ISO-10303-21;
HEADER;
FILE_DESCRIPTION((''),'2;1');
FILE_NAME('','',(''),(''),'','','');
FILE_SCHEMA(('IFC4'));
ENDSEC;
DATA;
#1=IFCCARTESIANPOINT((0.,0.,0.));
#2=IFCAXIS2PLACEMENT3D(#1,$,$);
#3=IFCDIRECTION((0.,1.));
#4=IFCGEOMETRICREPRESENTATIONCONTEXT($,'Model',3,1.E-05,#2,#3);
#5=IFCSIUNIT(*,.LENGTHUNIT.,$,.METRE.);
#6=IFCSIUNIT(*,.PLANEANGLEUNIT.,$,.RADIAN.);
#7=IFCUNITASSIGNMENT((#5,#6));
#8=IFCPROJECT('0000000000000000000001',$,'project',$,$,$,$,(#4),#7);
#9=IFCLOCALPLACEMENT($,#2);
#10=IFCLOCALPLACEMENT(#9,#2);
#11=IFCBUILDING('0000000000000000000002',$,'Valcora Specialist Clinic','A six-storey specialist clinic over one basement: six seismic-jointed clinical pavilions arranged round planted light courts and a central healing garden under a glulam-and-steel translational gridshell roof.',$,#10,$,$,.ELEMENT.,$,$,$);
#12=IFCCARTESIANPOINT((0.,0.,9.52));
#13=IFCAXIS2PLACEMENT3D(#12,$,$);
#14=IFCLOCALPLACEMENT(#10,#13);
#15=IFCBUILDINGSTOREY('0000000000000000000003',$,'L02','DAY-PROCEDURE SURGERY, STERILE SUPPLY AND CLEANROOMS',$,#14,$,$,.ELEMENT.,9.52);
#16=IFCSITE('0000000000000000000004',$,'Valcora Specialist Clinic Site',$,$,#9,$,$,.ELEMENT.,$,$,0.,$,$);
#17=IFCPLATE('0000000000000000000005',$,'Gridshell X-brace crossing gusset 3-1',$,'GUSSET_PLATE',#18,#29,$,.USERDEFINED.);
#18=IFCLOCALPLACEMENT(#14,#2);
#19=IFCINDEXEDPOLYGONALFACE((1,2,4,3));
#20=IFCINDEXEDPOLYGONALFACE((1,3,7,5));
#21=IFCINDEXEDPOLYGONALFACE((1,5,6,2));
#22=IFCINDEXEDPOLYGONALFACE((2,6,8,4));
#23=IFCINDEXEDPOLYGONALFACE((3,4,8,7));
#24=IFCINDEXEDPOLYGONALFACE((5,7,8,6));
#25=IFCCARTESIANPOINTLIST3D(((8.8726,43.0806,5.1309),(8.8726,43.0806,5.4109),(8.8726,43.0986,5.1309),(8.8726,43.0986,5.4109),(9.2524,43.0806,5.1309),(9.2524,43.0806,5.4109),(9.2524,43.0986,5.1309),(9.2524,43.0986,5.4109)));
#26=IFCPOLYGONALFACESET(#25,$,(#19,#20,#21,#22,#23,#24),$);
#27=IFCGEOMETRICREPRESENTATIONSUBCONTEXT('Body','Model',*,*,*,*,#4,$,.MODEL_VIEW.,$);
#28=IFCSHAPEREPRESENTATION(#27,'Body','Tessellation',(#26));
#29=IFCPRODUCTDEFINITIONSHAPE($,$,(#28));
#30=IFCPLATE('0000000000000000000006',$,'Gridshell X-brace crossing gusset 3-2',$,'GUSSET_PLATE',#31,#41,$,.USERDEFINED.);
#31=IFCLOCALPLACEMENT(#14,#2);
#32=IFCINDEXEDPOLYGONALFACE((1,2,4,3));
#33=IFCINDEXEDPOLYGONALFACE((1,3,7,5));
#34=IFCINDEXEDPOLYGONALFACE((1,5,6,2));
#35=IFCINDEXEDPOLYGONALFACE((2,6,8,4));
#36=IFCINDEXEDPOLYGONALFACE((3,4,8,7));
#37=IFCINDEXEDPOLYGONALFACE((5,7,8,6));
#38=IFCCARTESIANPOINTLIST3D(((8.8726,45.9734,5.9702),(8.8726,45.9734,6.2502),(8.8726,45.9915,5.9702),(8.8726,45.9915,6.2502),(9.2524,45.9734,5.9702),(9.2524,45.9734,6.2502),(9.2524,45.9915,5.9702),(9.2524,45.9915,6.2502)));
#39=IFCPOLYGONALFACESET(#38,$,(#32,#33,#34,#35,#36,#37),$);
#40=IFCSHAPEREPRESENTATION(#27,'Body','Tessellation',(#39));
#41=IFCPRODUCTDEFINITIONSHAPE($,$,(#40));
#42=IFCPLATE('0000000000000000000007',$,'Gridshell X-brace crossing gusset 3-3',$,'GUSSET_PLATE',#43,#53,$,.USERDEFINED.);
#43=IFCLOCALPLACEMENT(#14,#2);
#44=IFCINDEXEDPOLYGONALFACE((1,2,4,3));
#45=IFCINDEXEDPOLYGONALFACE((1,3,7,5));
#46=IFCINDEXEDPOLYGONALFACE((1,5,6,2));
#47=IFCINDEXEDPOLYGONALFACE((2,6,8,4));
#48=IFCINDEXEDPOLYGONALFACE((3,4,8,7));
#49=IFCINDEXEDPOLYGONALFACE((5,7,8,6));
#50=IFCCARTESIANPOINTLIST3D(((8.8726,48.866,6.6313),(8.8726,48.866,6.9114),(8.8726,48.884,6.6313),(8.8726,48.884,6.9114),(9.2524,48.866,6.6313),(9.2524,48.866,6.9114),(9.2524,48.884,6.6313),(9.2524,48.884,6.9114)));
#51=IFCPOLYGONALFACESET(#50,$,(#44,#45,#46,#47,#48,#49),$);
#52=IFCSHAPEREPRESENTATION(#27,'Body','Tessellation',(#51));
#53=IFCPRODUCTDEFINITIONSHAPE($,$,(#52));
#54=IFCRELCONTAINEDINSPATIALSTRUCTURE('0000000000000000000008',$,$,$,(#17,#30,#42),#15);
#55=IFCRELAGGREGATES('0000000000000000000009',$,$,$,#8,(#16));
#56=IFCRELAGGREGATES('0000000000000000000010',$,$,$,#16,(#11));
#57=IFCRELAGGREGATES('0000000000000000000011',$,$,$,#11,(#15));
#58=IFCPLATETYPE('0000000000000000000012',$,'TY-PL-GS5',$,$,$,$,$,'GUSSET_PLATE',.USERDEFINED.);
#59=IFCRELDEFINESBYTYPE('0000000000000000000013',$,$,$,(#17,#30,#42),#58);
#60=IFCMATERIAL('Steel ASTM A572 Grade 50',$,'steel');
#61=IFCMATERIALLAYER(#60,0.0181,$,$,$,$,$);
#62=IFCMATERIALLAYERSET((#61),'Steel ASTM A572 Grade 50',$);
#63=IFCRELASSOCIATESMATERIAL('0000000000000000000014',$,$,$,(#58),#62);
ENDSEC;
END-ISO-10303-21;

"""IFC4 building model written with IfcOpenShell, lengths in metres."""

from ifc_helpers import new_model, si_unit, direction, frame, origin, origin_2d, place, context, subcontext, project, spatial, rectangle, extrude, material, layer, layer_set, type_object, element, save


model = new_model("IFC4")

# Units and contexts
model_context = context("Model", 3, precision=1e-05, world=origin(), true_north=direction((0.0, 1.0)))
body_context = subcontext(model_context, "Body", "Model", "MODEL_VIEW")
ifc_project = project(units=[si_unit("LENGTHUNIT", "METRE"), si_unit("PLANEANGLEUNIT", "RADIAN")], contexts=[model_context])

# Site, building, storey
site_placement = place(None, origin())
site = spatial("IfcSite", under=ifc_project, at=site_placement, Name="Valcora Specialist Clinic Site", CompositionType="ELEMENT", RefElevation=0.0)
building_placement = place(site_placement, origin())
building = spatial("IfcBuilding", under=site, at=building_placement, Name="Valcora Specialist Clinic", Description="A six-storey specialist clinic over one basement: six seismic-jointed clinical pavilions arranged round planted light courts and a central healing garden under a glulam-and-steel translational gridshell roof.", CompositionType="ELEMENT")
storey_placement = place(building_placement, frame((0.0, 0.0, 9.52)))
storey = spatial("IfcBuildingStorey", under=building, at=storey_placement, Name="L02", Description="DAY-PROCEDURE SURGERY, STERILE SUPPLY AND CLEANROOMS", CompositionType="ELEMENT", Elevation=9.52)

# Plates
ifc_material_1 = material(Name="Steel ASTM A572 Grade 50", Category="steel")
ifc_layer_1 = layer(ifc_material_1, 0.0181)
ifc_layer_set_1 = layer_set([ifc_layer_1], Name="Steel ASTM A572 Grade 50")
plate_type_1 = type_object("IfcPlateType", Name="TY-PL-GS5", ElementType="GUSSET_PLATE", PredefinedType="USERDEFINED", material=ifc_layer_set_1)
for number, where, z_axis, x_axis, name in (
    (1, (9.0625, 43.0896, 5.1309), (0.0, 0.0, 1.0), (1.0, 0.0, 0.0), "Gridshell X-brace crossing gusset 3-1"),
    (2, (9.0625, 45.9824, 5.9702), (0.0, 0.0, 1.0), (1.0, 0.0, 0.0), "Gridshell X-brace crossing gusset 3-2"),
    (3, (9.0625, 48.875, 6.6313), (0.0, 0.0, 1.0), (1.0, 0.0, 0.0), "Gridshell X-brace crossing gusset 3-3"),
):
    element("IfcPlate", number, at=place(storey_placement, frame(where, z_axis=z_axis, x_axis=x_axis)), inside=storey, type_object=plate_type_1, Name=name, ObjectType="GUSSET_PLATE", PredefinedType="USERDEFINED", context=body_context, shape_type="SweptSolid", body=[
        extrude(rectangle(XDim=0.3799, YDim=0.0181, at=origin_2d()), origin(), (0.0, 0.0, 1.0), 0.28),
    ])

save(model, "model.ifc")
